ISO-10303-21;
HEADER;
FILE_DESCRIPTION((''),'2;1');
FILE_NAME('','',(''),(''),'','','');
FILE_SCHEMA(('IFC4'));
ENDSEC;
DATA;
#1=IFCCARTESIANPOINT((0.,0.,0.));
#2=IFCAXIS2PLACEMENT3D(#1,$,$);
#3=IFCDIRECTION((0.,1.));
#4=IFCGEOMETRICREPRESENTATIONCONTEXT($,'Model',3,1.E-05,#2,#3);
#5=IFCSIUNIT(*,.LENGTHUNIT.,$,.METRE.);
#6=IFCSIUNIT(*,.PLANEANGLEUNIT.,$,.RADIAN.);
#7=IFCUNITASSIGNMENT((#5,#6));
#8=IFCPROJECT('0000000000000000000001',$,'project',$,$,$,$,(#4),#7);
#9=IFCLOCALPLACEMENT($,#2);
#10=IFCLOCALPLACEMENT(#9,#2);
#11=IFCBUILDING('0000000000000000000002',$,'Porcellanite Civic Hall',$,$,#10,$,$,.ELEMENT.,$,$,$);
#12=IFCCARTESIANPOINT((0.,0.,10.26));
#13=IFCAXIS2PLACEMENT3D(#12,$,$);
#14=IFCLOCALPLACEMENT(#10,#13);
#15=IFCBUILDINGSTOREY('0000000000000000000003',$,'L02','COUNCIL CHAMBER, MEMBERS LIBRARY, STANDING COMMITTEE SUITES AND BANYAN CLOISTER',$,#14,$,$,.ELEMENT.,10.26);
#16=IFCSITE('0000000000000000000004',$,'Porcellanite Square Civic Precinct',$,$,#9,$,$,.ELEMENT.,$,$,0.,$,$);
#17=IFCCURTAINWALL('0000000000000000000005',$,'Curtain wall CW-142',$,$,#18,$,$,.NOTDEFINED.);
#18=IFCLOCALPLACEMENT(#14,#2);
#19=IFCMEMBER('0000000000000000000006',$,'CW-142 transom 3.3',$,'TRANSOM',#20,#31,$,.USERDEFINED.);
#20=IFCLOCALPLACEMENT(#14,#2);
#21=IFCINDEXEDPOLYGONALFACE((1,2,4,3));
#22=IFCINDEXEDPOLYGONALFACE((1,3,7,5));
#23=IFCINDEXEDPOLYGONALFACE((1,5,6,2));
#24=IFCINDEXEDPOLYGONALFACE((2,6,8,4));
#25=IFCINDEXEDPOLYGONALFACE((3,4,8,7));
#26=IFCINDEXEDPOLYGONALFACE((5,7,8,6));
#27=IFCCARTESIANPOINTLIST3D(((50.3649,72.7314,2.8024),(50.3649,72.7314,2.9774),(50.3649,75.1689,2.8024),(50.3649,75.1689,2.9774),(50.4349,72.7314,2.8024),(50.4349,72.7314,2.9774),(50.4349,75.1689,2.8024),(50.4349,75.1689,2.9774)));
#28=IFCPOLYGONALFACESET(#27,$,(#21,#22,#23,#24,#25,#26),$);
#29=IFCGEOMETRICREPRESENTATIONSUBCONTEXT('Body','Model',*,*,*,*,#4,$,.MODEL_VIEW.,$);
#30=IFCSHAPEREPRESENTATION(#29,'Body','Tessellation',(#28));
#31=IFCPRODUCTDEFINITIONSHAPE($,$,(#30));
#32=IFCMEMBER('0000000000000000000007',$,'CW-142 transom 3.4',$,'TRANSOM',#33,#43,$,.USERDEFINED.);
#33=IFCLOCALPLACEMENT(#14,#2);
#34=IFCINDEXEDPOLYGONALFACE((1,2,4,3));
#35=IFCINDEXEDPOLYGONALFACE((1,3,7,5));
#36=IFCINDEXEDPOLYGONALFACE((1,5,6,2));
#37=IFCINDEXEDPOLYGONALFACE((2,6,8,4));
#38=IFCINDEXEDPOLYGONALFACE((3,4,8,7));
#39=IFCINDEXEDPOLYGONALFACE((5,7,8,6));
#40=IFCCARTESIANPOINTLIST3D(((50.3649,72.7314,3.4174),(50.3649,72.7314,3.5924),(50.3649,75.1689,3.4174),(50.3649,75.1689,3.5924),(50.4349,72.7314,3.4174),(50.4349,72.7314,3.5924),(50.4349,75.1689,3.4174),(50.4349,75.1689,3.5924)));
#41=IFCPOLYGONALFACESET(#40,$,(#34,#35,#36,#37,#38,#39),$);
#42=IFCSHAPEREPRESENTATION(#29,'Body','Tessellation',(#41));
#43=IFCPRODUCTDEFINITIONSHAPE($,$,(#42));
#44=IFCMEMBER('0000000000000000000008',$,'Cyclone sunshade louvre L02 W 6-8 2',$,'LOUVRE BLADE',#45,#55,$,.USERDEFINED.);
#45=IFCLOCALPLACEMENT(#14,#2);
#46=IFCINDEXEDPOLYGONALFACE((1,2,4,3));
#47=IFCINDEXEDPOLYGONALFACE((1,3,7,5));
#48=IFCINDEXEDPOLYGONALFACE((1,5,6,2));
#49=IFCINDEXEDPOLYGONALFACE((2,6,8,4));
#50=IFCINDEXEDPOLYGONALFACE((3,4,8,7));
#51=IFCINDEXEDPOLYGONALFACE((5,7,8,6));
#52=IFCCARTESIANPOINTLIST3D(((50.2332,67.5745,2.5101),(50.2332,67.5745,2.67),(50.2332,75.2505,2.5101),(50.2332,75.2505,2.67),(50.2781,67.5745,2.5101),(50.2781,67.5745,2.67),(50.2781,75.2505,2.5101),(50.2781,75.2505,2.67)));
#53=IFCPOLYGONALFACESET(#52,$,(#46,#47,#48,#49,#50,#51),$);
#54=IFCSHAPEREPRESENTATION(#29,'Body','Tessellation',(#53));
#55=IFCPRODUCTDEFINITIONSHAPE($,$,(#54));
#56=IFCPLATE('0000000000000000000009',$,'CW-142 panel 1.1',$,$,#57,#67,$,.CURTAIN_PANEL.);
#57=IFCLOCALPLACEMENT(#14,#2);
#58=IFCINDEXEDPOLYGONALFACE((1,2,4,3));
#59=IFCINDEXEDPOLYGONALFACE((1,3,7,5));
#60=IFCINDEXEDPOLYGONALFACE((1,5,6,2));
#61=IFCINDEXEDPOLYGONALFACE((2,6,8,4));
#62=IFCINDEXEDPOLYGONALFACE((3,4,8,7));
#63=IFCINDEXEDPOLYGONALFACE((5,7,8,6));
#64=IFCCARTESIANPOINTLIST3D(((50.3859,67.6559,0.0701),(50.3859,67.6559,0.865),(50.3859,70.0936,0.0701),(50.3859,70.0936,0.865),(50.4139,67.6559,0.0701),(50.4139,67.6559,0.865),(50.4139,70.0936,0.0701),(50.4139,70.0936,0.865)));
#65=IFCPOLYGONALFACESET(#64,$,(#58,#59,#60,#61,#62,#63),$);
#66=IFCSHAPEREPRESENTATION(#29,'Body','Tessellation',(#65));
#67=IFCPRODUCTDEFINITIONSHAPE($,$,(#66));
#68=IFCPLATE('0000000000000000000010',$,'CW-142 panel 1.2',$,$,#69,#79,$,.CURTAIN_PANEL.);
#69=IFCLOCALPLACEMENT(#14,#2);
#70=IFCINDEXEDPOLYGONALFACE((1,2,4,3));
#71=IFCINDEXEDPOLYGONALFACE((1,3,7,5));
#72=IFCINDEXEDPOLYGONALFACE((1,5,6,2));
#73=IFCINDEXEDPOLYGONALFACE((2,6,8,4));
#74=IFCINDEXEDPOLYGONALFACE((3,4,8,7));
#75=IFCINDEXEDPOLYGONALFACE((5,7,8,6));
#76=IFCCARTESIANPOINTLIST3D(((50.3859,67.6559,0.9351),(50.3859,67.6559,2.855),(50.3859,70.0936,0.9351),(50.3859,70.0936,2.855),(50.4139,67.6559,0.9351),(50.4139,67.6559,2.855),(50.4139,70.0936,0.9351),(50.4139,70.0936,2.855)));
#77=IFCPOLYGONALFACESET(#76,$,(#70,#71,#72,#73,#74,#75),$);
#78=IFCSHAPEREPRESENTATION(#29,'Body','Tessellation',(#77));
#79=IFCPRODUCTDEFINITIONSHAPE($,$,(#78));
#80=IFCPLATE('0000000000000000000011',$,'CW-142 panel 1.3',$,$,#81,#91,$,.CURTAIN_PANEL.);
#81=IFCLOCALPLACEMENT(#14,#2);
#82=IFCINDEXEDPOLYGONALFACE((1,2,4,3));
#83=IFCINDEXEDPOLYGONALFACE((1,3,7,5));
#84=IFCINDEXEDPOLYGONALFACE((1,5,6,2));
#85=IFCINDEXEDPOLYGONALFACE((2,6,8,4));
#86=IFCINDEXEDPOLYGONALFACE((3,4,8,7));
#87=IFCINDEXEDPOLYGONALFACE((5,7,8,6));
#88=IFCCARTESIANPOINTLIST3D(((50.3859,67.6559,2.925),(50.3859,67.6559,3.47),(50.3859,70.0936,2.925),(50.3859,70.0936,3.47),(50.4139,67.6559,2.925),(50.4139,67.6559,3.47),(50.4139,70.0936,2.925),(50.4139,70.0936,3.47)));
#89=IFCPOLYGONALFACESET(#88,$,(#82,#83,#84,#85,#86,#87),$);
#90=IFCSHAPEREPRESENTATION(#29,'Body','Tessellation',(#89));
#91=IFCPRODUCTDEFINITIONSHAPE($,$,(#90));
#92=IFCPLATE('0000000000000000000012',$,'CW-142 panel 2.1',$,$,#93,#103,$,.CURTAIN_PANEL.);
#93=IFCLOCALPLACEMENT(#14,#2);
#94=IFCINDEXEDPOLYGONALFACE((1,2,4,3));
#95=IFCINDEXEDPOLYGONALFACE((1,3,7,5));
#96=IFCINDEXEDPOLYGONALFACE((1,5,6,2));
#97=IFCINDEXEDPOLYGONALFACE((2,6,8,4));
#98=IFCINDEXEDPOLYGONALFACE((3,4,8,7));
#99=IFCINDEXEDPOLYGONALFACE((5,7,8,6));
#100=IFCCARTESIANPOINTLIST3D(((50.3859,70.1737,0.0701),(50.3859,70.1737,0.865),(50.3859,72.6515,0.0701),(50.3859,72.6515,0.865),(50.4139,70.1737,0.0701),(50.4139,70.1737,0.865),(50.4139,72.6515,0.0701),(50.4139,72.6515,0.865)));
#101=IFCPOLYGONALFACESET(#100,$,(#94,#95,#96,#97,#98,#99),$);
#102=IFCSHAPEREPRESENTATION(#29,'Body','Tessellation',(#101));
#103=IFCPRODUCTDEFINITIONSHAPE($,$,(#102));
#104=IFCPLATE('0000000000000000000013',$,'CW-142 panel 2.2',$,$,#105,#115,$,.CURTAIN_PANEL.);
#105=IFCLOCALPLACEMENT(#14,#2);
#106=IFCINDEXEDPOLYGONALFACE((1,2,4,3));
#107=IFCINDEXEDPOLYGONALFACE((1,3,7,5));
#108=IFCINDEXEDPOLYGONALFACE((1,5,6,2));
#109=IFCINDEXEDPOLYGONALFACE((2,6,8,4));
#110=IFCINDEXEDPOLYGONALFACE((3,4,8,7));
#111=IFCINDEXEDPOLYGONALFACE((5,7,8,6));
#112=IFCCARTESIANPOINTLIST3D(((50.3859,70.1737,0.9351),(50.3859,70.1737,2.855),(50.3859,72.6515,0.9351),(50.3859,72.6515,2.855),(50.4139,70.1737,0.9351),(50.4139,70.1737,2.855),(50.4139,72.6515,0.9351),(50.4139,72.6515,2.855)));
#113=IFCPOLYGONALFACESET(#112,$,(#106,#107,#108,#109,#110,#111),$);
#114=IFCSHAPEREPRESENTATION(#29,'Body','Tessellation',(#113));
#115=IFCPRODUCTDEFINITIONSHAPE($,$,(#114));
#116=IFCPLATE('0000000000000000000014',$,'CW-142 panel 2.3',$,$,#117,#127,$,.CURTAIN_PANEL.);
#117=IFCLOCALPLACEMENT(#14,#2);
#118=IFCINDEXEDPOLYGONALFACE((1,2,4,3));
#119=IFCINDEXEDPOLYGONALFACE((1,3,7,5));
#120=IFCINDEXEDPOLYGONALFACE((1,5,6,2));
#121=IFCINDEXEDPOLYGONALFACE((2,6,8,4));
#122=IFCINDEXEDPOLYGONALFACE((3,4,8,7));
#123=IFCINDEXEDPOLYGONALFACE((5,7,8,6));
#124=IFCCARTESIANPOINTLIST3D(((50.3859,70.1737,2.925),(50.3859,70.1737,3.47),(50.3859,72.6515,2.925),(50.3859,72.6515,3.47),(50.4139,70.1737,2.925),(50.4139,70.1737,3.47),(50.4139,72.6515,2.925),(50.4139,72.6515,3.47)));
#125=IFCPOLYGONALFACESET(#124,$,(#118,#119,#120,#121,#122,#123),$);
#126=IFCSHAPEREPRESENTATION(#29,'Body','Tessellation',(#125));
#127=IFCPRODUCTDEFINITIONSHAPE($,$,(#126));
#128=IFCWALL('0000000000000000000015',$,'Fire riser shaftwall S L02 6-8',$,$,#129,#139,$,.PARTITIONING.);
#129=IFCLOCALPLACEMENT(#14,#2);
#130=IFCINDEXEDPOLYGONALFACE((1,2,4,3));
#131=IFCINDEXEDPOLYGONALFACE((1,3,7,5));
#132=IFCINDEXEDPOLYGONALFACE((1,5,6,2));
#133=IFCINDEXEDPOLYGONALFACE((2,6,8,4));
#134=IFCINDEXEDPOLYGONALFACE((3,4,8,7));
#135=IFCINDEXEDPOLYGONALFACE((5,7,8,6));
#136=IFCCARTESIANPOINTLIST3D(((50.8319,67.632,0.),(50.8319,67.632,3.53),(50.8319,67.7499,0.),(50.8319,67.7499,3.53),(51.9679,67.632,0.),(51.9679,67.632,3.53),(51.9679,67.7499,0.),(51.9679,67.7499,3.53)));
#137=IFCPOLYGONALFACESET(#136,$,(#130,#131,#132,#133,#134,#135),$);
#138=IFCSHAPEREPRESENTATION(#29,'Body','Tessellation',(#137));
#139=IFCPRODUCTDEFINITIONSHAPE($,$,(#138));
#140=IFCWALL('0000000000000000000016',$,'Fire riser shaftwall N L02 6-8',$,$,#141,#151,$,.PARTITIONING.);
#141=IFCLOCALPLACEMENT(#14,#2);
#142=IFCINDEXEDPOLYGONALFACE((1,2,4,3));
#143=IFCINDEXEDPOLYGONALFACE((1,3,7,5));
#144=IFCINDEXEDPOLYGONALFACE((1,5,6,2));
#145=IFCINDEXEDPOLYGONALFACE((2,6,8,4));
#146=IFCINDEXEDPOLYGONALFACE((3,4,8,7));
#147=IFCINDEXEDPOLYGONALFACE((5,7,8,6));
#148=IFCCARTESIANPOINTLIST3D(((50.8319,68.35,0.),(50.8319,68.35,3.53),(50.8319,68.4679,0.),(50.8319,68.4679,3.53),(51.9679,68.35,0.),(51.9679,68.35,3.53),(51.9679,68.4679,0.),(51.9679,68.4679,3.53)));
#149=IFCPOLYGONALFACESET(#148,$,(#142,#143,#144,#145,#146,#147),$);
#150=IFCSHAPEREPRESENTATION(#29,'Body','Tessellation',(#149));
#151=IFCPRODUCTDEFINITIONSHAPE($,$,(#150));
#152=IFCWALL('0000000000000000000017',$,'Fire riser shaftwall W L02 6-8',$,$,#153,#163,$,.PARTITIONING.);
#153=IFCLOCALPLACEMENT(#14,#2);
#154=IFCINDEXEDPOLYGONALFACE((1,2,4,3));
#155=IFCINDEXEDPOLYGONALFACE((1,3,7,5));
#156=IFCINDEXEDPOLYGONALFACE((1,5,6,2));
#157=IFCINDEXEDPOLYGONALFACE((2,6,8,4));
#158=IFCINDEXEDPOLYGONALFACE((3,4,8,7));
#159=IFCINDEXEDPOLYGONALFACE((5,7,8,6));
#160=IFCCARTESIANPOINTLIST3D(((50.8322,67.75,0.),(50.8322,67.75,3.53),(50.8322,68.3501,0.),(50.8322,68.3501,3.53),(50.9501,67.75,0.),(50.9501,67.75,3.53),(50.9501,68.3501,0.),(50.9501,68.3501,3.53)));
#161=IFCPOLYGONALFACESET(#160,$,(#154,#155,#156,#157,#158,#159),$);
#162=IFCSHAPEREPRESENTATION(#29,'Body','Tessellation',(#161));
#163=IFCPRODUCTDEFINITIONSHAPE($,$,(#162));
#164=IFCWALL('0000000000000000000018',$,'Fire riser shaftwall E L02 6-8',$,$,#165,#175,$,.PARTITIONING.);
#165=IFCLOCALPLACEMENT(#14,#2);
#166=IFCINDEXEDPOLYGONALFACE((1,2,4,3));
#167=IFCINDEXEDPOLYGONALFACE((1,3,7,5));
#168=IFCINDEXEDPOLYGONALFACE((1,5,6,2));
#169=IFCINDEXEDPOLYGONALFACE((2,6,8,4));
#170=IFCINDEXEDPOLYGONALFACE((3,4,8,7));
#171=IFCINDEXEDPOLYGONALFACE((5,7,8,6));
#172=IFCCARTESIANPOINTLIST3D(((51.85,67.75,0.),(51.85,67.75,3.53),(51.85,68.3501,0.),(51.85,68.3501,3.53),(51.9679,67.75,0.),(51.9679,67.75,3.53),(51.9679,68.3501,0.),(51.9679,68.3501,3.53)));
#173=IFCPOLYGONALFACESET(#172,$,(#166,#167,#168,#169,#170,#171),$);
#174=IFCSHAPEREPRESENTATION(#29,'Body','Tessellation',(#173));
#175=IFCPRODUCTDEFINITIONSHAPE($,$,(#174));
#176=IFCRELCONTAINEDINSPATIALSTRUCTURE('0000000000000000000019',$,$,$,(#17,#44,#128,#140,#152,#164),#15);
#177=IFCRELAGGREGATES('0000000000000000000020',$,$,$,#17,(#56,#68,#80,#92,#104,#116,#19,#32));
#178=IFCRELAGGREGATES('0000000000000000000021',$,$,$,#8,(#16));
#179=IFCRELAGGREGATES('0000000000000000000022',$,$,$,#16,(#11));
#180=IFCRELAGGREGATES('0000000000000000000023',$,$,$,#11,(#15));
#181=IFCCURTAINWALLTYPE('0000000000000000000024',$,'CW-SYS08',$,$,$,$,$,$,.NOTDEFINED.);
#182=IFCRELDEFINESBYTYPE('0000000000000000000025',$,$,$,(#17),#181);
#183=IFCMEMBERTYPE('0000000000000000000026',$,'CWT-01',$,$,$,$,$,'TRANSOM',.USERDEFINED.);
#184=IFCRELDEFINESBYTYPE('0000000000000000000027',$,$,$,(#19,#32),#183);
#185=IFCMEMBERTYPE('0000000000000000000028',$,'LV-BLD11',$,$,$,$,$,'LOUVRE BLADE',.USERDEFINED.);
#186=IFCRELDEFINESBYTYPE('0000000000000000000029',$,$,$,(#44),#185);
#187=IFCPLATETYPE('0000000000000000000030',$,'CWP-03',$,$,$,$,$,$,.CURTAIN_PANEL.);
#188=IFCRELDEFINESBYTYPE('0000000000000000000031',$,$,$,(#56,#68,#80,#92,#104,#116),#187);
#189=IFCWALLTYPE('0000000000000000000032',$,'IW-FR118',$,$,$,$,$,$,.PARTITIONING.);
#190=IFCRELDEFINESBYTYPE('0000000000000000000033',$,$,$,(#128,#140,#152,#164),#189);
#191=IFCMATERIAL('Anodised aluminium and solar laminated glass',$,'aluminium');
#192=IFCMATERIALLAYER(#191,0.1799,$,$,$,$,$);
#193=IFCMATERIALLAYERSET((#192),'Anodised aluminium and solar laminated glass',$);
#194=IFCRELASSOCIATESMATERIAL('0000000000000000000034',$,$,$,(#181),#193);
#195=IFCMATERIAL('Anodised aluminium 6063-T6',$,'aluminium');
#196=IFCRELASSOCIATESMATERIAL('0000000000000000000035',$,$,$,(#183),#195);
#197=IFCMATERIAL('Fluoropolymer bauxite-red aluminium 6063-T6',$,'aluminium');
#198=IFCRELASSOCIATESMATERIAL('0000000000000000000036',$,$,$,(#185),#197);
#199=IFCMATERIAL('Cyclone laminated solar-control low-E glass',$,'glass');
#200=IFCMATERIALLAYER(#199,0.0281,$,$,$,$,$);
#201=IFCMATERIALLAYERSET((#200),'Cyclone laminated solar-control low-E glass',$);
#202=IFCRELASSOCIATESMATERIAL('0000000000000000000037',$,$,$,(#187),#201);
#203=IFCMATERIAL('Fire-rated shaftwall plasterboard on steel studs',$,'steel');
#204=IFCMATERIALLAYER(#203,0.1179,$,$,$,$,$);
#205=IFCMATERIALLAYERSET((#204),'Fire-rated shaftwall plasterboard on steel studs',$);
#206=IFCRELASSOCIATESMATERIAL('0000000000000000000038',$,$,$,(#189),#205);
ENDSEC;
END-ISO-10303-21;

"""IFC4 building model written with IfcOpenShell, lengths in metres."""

from ifc_helpers import new_model, si_unit, direction, frame, frame_2d, origin, origin_2d, place, context, subcontext, project, spatial, rectangle, extrude, material, layer, layer_set, material_profile, profile_set, type_object, element, aggregate, save


model = new_model("IFC4")

# Units and contexts
model_context = context("Model", 3, precision=1e-05, world=origin(), true_north=direction((0.0, 1.0)))
body_context = subcontext(model_context, "Body", "Model", "MODEL_VIEW")
ifc_project = project(units=[si_unit("LENGTHUNIT", "METRE"), si_unit("PLANEANGLEUNIT", "RADIAN")], contexts=[model_context])

# Site, building, storey
site_placement = place(None, origin())
site = spatial("IfcSite", under=ifc_project, at=site_placement, Name="Porcellanite Square Civic Precinct", CompositionType="ELEMENT", RefElevation=0.0)
building_placement = place(site_placement, origin())
building = spatial("IfcBuilding", under=site, at=building_placement, Name="Porcellanite Civic Hall", CompositionType="ELEMENT")
storey_placement = place(building_placement, frame((0.0, 0.0, 10.26)))
storey = spatial("IfcBuildingStorey", under=building, at=storey_placement, Name="L02", Description="COUNCIL CHAMBER, MEMBERS LIBRARY, STANDING COMMITTEE SUITES AND BANYAN CLOISTER", CompositionType="ELEMENT", Elevation=10.26)

# Curtain wall, members
ifc_material_1 = material(Name="Anodised aluminium and solar laminated glass", Category="aluminium")
ifc_layer_1 = layer(ifc_material_1, 0.1799)
ifc_layer_set_1 = layer_set([ifc_layer_1], Name="Anodised aluminium and solar laminated glass")
curtain_wall_type = type_object("IfcCurtainWallType", Name="CW-SYS08", PredefinedType="NOTDEFINED", material=ifc_layer_set_1)
curtain_wall_placement = place(storey_placement, origin())
curtain_wall = element("IfcCurtainWall", 1, at=curtain_wall_placement, inside=storey, type_object=curtain_wall_type, Name="Curtain wall CW-142", PredefinedType="NOTDEFINED")
ifc_material_2 = material(Name="Anodised aluminium 6063-T6", Category="aluminium")
ifc_material_profile_1 = material_profile(ifc_material_2, rectangle(XDim=0.0701, YDim=0.175, at=origin_2d()), Name="AL-70x175")
ifc_profile_set_1 = profile_set([ifc_material_profile_1], Name="Anodised aluminium 6063-T6")
member_type_1 = type_object("IfcMemberType", Name="CWT-01", ElementType="TRANSOM", PredefinedType="USERDEFINED", material=ifc_profile_set_1)
member_1_placement = place(storey_placement, frame((50.3999, 72.7314, 2.8899), z_axis=(0.0, 1.0, 0.0), x_axis=(-1.0, 0.0, 0.0)))
member_1 = element("IfcMember", 2, at=member_1_placement, type_object=member_type_1, Name="CW-142 transom 3.3", ObjectType="TRANSOM", PredefinedType="USERDEFINED", context=body_context, shape_type="SweptSolid", body=[
    extrude(rectangle(XDim=0.0701, YDim=0.175, at=origin_2d()), origin(), (0.0, 0.0, 1.0), 2.4375),
])
member_2_placement = place(storey_placement, frame((50.3999, 72.7314, 3.5049), z_axis=(0.0, 1.0, 0.0), x_axis=(-1.0, 0.0, 0.0)))
member_2 = element("IfcMember", 3, at=member_2_placement, type_object=member_type_1, Name="CW-142 transom 3.4", ObjectType="TRANSOM", PredefinedType="USERDEFINED", context=body_context, shape_type="SweptSolid", body=[
    extrude(rectangle(XDim=0.0701, YDim=0.175, at=origin_2d()), origin(), (0.0, 0.0, 1.0), 2.4375),
])

# Member
ifc_material_3 = material(Name="Fluoropolymer bauxite-red aluminium 6063-T6", Category="aluminium")
ifc_material_profile_2 = material_profile(ifc_material_3, rectangle(XDim=0.0449, YDim=0.1599, at=origin_2d()), Name="AL-45x160")
ifc_profile_set_2 = profile_set([ifc_material_profile_2], Name="Fluoropolymer bauxite-red aluminium 6063-T6")
member_type_2 = type_object("IfcMemberType", Name="LV-BLD11", ElementType="LOUVRE BLADE", PredefinedType="USERDEFINED", material=ifc_profile_set_2)
member_3_placement = place(storey_placement, frame((50.2556, 67.5745, 2.5901), z_axis=(0.0, 1.0, 0.0), x_axis=(-1.0, 0.0, 0.0)))
element("IfcMember", 4, at=member_3_placement, inside=storey, type_object=member_type_2, Name="Cyclone sunshade louvre L02 W 6-8 2", ObjectType="LOUVRE BLADE", PredefinedType="USERDEFINED", context=body_context, shape_type="SweptSolid", body=[
    extrude(rectangle(XDim=0.0449, YDim=0.1599, at=origin_2d()), origin(), (0.0, 0.0, 1.0), 7.676),
])

# Plates
ifc_material_4 = material(Name="Cyclone laminated solar-control low-E glass", Category="glass")
ifc_layer_2 = layer(ifc_material_4, 0.0281)
ifc_layer_set_2 = layer_set([ifc_layer_2], Name="Cyclone laminated solar-control low-E glass")
plate_type = type_object("IfcPlateType", Name="CWP-03", PredefinedType="CURTAIN_PANEL", material=ifc_layer_set_2)
plate_1_placement = place(storey_placement, frame((50.3999, 68.8748, 0.0701), z_axis=(0.0, 0.0, 1.0), x_axis=(0.0, 1.0, 0.0)))
plate_1 = element("IfcPlate", 5, at=plate_1_placement, type_object=plate_type, Name="CW-142 panel 1.1", PredefinedType="CURTAIN_PANEL", context=body_context, shape_type="SweptSolid", body=[
    extrude(rectangle(XDim=2.4377, YDim=0.0281, at=origin_2d()), origin(), (0.0, 0.0, 1.0), 0.7949),
])
plate_2_placement = place(storey_placement, frame((50.3999, 68.8748, 0.9351), z_axis=(0.0, 0.0, 1.0), x_axis=(0.0, 1.0, 0.0)))
plate_2 = element("IfcPlate", 6, at=plate_2_placement, type_object=plate_type, Name="CW-142 panel 1.2", PredefinedType="CURTAIN_PANEL", context=body_context, shape_type="SweptSolid", body=[
    extrude(rectangle(XDim=2.4377, YDim=0.0281, at=origin_2d()), origin(), (0.0, 0.0, 1.0), 1.9199),
])
plate_3_placement = place(storey_placement, frame((50.3999, 68.8748, 2.925), z_axis=(0.0, 0.0, 1.0), x_axis=(0.0, 1.0, 0.0)))
plate_3 = element("IfcPlate", 7, at=plate_3_placement, type_object=plate_type, Name="CW-142 panel 1.3", PredefinedType="CURTAIN_PANEL", context=body_context, shape_type="SweptSolid", body=[
    extrude(rectangle(XDim=2.4377, YDim=0.0281, at=origin_2d()), origin(), (0.0, 0.0, 1.0), 0.5449),
])
plate_4_placement = place(storey_placement, frame((50.3999, 71.4126, 0.0701), z_axis=(0.0, 0.0, 1.0), x_axis=(0.0, 1.0, 0.0)))
plate_4 = element("IfcPlate", 8, at=plate_4_placement, type_object=plate_type, Name="CW-142 panel 2.1", PredefinedType="CURTAIN_PANEL", context=body_context, shape_type="SweptSolid", body=[
    extrude(rectangle(XDim=2.4778, YDim=0.0281, at=origin_2d()), origin(), (0.0, 0.0, 1.0), 0.7949),
])
plate_5_placement = place(storey_placement, frame((50.3999, 71.4126, 0.9351), z_axis=(0.0, 0.0, 1.0), x_axis=(0.0, 1.0, 0.0)))
plate_5 = element("IfcPlate", 9, at=plate_5_placement, type_object=plate_type, Name="CW-142 panel 2.2", PredefinedType="CURTAIN_PANEL", context=body_context, shape_type="SweptSolid", body=[
    extrude(rectangle(XDim=2.4778, YDim=0.0281, at=origin_2d()), origin(), (0.0, 0.0, 1.0), 1.9199),
])
plate_6_placement = place(storey_placement, frame((50.3999, 71.4126, 2.925), z_axis=(0.0, 0.0, 1.0), x_axis=(0.0, 1.0, 0.0)))
plate_6 = element("IfcPlate", 10, at=plate_6_placement, type_object=plate_type, Name="CW-142 panel 2.3", PredefinedType="CURTAIN_PANEL", context=body_context, shape_type="SweptSolid", body=[
    extrude(rectangle(XDim=2.4778, YDim=0.0281, at=origin_2d()), origin(), (0.0, 0.0, 1.0), 0.5449),
])
aggregate(curtain_wall, [plate_1, plate_2, plate_3, plate_4, plate_5, plate_6, member_1, member_2])

# Walls
ifc_material_5 = material(Name="Fire-rated shaftwall plasterboard on steel studs", Category="steel")
ifc_layer_3 = layer(ifc_material_5, 0.1179)
ifc_layer_set_3 = layer_set([ifc_layer_3], Name="Fire-rated shaftwall plasterboard on steel studs")
wall_type = type_object("IfcWallType", Name="IW-FR118", PredefinedType="PARTITIONING", material=ifc_layer_set_3)
for number, where, z_axis, x_axis, name in (
    (11, (50.832, 67.6909, 0.0), (0.0, 0.0, 1.0), (1.0, 0.0, 0.0), "Fire riser shaftwall S L02 6-8"),
    (12, (50.832, 68.4089, 0.0), (0.0, 0.0, 1.0), (1.0, 0.0, 0.0), "Fire riser shaftwall N L02 6-8"),
):
    element("IfcWall", number, at=place(storey_placement, frame(where, z_axis=z_axis, x_axis=x_axis)), inside=storey, type_object=wall_type, Name=name, PredefinedType="PARTITIONING", context=body_context, shape_type="SweptSolid", body=[
        extrude(rectangle(XDim=1.136, YDim=0.1179, at=frame_2d((0.5679, 0.0))), origin(), (0.0, 0.0, 1.0), 3.53),
    ])
for number, where, z_axis, x_axis, name in (
    (13, (50.8911, 67.75, 0.0), (0.0, 0.0, 1.0), (0.0, 1.0, 0.0), "Fire riser shaftwall W L02 6-8"),
    (14, (51.9089, 67.75, 0.0), (0.0, 0.0, 1.0), (0.0, 1.0, 0.0), "Fire riser shaftwall E L02 6-8"),
):
    element("IfcWall", number, at=place(storey_placement, frame(where, z_axis=z_axis, x_axis=x_axis)), inside=storey, type_object=wall_type, Name=name, PredefinedType="PARTITIONING", context=body_context, shape_type="SweptSolid", body=[
        extrude(rectangle(XDim=0.6001, YDim=0.1179, at=frame_2d((0.3, 0.0))), origin(), (0.0, 0.0, 1.0), 3.53),
    ])

save(model, "model.ifc")
